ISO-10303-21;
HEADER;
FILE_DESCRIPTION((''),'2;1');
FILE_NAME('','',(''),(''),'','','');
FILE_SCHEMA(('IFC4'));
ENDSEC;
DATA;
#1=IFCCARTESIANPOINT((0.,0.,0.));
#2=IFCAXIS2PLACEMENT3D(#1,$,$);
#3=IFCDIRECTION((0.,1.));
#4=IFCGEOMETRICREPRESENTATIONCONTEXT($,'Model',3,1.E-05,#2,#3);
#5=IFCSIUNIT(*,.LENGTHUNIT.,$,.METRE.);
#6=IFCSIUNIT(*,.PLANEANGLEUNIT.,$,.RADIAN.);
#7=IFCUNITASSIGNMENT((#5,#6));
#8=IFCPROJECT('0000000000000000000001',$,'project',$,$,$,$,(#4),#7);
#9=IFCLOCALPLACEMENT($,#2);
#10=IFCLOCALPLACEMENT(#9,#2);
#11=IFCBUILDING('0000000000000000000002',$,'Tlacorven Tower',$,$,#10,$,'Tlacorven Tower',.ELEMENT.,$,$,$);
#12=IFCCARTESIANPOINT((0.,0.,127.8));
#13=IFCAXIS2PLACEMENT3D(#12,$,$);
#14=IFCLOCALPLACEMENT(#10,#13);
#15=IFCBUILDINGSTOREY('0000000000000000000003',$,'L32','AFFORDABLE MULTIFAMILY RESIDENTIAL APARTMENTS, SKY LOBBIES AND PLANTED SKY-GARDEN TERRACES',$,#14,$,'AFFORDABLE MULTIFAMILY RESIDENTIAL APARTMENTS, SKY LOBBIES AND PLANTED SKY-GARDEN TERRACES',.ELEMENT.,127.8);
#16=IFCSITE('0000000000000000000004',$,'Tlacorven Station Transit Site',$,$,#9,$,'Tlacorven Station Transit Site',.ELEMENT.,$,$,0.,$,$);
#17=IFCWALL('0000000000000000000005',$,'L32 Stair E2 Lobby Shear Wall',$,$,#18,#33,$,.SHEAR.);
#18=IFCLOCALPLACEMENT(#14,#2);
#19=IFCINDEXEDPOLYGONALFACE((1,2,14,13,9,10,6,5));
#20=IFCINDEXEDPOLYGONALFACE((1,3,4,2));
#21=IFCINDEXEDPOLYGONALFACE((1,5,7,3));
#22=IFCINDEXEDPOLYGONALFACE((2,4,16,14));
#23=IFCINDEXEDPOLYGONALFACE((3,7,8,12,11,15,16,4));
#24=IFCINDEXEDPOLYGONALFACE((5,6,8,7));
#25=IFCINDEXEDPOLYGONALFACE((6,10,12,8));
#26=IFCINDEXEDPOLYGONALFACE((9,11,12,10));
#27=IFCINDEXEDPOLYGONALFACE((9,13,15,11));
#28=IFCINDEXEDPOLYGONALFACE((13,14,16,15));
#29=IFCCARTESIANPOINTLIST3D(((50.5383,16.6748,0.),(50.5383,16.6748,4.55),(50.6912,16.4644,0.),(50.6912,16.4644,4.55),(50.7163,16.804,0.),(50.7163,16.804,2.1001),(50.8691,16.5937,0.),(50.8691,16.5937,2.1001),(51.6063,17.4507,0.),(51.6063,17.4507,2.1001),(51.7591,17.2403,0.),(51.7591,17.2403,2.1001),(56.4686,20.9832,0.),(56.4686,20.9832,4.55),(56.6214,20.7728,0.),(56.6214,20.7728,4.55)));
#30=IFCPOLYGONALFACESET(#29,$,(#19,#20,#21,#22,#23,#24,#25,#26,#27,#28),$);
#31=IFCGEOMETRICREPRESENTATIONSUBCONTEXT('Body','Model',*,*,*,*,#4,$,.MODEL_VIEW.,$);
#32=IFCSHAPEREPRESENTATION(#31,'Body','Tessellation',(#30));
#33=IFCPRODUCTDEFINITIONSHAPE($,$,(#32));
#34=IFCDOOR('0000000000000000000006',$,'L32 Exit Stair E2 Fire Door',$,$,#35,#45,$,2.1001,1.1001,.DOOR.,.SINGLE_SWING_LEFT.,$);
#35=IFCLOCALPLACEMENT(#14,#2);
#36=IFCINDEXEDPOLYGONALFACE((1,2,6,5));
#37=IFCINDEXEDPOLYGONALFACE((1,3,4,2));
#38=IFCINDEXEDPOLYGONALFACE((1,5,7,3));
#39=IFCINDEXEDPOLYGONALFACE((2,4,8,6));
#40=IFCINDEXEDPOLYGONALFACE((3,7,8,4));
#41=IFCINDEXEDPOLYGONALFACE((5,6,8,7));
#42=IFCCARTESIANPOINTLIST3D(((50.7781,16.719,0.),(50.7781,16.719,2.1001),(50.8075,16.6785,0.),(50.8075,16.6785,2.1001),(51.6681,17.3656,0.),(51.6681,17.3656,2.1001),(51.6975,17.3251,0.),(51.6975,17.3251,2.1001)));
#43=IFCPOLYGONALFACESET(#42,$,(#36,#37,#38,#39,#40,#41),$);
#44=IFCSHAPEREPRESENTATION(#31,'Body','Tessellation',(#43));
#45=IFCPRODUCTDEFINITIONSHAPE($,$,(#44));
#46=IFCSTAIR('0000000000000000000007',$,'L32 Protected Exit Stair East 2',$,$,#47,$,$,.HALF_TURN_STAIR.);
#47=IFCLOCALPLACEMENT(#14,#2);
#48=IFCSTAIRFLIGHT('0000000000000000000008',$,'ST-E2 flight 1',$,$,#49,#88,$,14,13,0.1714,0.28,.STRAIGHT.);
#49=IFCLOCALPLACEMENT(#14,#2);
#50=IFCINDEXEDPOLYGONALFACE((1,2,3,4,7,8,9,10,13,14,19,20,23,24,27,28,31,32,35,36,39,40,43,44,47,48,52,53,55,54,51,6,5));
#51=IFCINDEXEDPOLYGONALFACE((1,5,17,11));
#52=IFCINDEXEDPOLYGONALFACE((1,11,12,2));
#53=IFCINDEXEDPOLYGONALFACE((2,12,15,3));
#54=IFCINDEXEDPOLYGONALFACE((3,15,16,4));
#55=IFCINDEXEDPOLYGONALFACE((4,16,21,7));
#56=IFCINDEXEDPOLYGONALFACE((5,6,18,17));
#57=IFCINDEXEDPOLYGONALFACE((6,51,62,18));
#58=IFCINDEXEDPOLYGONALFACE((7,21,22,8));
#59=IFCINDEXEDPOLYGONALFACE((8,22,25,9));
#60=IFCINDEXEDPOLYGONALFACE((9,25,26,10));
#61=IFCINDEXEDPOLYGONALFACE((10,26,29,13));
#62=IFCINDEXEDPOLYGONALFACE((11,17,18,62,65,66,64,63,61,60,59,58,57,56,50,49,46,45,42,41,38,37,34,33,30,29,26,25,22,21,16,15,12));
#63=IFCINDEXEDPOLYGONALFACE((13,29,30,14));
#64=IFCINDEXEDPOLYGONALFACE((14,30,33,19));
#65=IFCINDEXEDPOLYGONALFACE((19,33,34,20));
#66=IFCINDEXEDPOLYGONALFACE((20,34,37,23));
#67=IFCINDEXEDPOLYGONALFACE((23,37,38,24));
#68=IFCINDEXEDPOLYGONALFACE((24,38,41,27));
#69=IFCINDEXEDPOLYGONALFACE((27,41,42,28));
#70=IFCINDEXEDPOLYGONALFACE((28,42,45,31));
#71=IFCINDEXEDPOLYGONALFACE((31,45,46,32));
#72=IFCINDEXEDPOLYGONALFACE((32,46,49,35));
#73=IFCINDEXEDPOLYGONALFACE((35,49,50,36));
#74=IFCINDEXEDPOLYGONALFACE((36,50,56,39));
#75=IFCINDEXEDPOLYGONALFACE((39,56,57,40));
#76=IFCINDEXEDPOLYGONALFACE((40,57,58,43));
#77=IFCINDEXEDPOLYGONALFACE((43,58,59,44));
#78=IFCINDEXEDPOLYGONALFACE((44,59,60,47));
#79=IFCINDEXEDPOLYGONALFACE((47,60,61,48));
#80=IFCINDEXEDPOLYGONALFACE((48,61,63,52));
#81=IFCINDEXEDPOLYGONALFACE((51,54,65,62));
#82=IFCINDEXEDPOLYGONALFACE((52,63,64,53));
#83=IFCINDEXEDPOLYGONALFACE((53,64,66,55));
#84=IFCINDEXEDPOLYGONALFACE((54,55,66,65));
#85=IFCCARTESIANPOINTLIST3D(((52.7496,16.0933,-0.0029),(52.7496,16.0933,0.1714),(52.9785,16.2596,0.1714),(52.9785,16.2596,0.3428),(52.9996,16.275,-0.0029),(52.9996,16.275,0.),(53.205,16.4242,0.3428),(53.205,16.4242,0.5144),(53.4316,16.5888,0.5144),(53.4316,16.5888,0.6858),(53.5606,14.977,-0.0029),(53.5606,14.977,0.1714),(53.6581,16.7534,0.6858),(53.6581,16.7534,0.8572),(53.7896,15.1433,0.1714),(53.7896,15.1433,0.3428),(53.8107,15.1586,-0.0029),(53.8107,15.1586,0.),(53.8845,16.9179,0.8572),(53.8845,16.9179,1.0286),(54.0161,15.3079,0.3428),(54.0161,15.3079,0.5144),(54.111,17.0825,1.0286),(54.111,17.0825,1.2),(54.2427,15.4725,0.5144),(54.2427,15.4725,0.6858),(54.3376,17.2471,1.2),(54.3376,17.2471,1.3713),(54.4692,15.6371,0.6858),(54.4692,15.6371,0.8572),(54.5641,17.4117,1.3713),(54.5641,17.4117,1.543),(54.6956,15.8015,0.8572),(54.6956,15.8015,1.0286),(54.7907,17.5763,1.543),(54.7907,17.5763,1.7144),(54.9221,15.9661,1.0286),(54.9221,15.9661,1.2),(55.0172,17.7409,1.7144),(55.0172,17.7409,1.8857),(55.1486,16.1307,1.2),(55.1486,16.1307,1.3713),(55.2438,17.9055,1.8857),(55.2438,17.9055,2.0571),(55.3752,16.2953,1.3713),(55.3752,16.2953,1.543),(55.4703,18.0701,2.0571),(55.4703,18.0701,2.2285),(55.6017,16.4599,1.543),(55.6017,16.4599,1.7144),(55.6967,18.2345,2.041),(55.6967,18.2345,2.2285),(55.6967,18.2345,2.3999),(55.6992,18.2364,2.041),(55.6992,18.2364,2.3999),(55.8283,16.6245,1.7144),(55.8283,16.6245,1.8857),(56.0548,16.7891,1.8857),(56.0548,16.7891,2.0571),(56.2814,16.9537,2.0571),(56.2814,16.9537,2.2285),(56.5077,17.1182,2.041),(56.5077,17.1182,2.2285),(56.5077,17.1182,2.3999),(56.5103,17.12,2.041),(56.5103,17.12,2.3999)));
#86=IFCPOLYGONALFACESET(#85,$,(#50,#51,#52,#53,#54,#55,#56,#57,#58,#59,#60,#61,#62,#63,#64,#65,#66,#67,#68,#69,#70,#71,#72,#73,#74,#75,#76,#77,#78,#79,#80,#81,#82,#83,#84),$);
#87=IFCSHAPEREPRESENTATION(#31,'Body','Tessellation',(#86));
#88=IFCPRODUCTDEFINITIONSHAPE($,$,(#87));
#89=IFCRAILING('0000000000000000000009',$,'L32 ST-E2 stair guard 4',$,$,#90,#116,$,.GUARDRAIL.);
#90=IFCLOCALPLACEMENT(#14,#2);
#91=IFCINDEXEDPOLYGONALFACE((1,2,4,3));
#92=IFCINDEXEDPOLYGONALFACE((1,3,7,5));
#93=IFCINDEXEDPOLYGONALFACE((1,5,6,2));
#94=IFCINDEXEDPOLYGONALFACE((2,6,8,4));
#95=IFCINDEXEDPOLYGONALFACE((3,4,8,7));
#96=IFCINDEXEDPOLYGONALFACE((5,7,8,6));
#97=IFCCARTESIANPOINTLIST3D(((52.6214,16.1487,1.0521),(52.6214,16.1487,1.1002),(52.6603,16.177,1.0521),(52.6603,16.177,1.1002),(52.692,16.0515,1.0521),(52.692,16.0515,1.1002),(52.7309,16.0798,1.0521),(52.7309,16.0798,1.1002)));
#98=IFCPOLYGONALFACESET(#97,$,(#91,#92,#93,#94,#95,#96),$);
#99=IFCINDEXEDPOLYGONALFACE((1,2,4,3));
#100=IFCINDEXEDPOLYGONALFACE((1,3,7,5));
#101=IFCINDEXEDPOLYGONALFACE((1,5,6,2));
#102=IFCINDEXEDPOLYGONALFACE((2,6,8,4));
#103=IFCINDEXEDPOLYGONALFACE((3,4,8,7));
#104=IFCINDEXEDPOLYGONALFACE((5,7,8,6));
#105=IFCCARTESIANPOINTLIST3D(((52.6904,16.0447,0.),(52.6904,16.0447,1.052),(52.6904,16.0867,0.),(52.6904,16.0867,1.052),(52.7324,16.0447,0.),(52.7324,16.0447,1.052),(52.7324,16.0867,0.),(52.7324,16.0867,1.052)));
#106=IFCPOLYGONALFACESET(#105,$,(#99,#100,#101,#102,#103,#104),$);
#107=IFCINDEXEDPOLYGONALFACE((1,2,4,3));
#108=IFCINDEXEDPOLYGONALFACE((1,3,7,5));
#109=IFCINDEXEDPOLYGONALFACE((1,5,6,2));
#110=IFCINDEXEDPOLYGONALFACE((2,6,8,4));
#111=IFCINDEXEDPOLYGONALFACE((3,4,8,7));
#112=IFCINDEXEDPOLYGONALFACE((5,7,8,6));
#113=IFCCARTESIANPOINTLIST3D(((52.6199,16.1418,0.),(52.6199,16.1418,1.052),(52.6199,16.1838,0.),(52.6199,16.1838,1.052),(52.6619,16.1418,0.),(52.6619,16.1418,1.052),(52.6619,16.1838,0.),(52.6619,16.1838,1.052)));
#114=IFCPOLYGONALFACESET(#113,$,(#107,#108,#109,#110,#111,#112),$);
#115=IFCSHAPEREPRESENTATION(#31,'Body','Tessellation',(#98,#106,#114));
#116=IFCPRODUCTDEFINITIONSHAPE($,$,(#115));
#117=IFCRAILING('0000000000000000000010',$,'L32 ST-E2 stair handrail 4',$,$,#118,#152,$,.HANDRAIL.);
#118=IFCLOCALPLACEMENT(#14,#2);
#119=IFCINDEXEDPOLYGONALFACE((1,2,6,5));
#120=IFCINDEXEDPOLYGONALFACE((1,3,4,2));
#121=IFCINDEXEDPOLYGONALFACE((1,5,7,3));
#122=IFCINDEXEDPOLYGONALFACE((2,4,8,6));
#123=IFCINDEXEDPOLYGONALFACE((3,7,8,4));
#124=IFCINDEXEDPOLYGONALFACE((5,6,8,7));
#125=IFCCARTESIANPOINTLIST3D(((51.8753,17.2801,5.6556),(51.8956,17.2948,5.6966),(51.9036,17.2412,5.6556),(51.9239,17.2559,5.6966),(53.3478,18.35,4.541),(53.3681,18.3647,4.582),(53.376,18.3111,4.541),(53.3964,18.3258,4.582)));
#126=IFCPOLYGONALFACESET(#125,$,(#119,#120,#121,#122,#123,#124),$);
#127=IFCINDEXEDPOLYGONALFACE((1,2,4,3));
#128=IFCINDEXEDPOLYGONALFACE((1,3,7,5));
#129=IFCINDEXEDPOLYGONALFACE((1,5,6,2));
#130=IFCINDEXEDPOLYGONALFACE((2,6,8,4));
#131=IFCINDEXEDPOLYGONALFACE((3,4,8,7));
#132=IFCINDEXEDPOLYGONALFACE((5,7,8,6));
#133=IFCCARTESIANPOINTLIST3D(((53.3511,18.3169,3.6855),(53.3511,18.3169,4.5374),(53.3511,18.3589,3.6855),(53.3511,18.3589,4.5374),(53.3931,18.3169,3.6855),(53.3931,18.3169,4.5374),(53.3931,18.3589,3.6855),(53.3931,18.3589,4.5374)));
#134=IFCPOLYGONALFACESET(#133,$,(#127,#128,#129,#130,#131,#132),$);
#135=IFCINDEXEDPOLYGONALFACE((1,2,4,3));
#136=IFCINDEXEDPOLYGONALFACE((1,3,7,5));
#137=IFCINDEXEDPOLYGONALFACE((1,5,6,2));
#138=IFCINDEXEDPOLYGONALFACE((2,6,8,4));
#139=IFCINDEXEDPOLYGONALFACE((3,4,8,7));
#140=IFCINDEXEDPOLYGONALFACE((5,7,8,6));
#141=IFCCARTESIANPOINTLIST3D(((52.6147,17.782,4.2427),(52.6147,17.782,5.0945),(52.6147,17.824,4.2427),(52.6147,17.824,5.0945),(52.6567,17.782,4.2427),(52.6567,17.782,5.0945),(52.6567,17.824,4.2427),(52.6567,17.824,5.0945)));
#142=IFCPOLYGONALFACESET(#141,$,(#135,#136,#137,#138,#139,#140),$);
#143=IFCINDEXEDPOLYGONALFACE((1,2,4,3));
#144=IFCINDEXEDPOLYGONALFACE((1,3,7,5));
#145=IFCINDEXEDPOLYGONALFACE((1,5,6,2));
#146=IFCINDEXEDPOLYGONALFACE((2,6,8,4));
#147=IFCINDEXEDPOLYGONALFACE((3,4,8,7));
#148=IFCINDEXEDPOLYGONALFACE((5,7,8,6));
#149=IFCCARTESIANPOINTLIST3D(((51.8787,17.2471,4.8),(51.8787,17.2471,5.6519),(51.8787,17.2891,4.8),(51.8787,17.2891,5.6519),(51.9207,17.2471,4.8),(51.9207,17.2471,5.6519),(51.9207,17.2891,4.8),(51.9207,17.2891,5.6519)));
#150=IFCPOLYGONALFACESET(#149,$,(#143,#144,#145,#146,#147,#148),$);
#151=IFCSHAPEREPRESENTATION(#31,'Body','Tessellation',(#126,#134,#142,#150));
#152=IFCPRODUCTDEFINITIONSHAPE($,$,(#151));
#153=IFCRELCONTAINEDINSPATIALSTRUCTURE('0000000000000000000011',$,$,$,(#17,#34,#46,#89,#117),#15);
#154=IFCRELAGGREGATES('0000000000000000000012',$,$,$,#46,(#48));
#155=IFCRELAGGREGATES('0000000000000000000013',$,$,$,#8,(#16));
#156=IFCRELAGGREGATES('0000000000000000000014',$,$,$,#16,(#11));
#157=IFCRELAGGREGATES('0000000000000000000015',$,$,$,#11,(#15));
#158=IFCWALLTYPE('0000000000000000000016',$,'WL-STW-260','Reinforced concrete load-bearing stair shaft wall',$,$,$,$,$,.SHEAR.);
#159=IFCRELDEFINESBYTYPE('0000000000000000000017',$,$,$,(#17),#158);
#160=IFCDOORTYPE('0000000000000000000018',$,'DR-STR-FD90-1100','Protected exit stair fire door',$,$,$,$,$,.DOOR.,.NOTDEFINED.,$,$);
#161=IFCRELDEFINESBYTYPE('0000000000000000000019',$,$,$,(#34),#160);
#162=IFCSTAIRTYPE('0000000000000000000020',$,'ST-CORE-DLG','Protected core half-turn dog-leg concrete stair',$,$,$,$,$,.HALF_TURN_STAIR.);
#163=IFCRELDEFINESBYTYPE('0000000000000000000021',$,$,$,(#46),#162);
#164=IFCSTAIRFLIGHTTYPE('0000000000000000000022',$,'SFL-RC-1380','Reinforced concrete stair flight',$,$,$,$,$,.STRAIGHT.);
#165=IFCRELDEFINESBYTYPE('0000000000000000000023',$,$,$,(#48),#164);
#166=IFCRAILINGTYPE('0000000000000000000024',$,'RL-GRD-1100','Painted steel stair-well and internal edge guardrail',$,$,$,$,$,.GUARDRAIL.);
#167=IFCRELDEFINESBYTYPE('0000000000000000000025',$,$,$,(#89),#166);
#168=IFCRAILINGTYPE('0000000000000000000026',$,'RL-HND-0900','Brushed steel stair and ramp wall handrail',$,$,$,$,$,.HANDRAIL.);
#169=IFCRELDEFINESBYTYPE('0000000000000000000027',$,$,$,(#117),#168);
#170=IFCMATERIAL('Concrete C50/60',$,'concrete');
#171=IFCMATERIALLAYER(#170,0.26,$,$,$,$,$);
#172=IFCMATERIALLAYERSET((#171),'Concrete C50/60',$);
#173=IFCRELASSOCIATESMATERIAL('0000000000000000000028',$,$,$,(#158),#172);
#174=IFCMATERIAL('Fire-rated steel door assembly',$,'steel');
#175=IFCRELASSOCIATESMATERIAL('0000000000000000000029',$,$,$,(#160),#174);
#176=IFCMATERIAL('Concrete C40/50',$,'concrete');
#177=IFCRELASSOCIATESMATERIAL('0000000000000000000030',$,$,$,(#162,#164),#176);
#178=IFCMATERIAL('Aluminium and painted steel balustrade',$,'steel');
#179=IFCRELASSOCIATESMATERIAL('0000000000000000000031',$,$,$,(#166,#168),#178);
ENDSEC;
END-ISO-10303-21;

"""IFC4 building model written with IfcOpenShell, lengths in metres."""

from ifc_helpers import new_model, si_unit, direction, frame, frame_2d, origin, origin_2d, place, context, subcontext, project, spatial, polyline, rectangle, outline, extrude, source, transform, mapped, material, layer, layer_set, type_object, element, fill, aggregate, save


model = new_model("IFC4")

# Units and contexts
model_context = context("Model", 3, precision=1e-05, world=origin(), true_north=direction((0.0, 1.0)))
body_context = subcontext(model_context, "Body", "Model", "MODEL_VIEW")
ifc_project = project(units=[si_unit("LENGTHUNIT", "METRE"), si_unit("PLANEANGLEUNIT", "RADIAN")], contexts=[model_context])

# Site, building, storey
site_placement = place(None, origin())
site = spatial("IfcSite", under=ifc_project, at=site_placement, Name="Tlacorven Station Transit Site", LongName="Tlacorven Station Transit Site", CompositionType="ELEMENT", RefElevation=0.0)
building_placement = place(site_placement, origin())
building = spatial("IfcBuilding", under=site, at=building_placement, Name="Tlacorven Tower", LongName="Tlacorven Tower", CompositionType="ELEMENT")
storey_placement = place(building_placement, frame((0.0, 0.0, 127.8)))
storey = spatial("IfcBuildingStorey", under=building, at=storey_placement, Name="L32", Description="AFFORDABLE MULTIFAMILY RESIDENTIAL APARTMENTS, SKY LOBBIES AND PLANTED SKY-GARDEN TERRACES", LongName="AFFORDABLE MULTIFAMILY RESIDENTIAL APARTMENTS, SKY LOBBIES AND PLANTED SKY-GARDEN TERRACES", CompositionType="ELEMENT", Elevation=127.8)

# Shared definitions
ifc_material_1 = material(Name="Concrete C40/50", Category="concrete")
ifc_material_2 = material(Name="Fire-rated steel door assembly", Category="steel")

# Shared definitions
ifc_material_3 = material(Name="Concrete C50/60", Category="concrete")
ifc_layer_1 = layer(ifc_material_3, 0.26)
ifc_layer_set_1 = layer_set([ifc_layer_1], Name="Concrete C50/60")
wall_type_1 = type_object("IfcWallType", Name="WL-STW-260", Description="Reinforced concrete load-bearing stair shaft wall", PredefinedType="SHEAR", material=ifc_layer_set_1)

# Wall, opening, door
wall_1_placement = place(storey_placement, frame((50.6147, 16.5696, 0.0), z_axis=(0.0, 0.0, 1.0), x_axis=(0.809028, 0.58777, 0.0)))
wall_1 = element("IfcWall", 1, at=wall_1_placement, inside=storey, type_object=wall_type_1, Name="L32 Stair E2 Lobby Shear Wall", PredefinedType="SHEAR", context=body_context, shape_type="SweptSolid", body=[
    extrude(rectangle(XDim=7.3301, YDim=0.26, at=frame_2d((3.665, 0.0))), origin(), (0.0, 0.0, 1.0), 4.55),
])
opening_1_placement = place(wall_1_placement, frame((0.22, 0.0, 0.0)))
opening_1 = element("IfcOpeningElement", 2, at=opening_1_placement, cuts=wall_1, PredefinedType="OPENING", context=body_context, shape_type="SweptSolid", body=[
    extrude(rectangle(XDim=1.1001, YDim=2.1001, at=frame_2d((0.55, 1.05))), frame((0.0, 0.1401, 0.0), z_axis=(0.0, -1.0, 0.0), x_axis=(1.0, 0.0, 0.0)), (0.0, 0.0, 1.0), 0.28),
])
door_type_1 = type_object("IfcDoorType", Name="DR-STR-FD90-1100", Description="Protected exit stair fire door", OperationType="NOTDEFINED", PredefinedType="DOOR", material=ifc_material_2)
shared_shape_1 = source(origin(), body_context, "Body", "SweptSolid", [
    extrude(rectangle(XDim=1.1001, YDim=2.1001, at=frame_2d((0.55, 1.05))), frame((0.0, 0.0249, 0.0), z_axis=(0.0, -1.0, 0.0), x_axis=(1.0, 0.0, 0.0)), (0.0, 0.0, 1.0), 0.05),
])
door_1_placement = place(opening_1_placement, origin())
door_1 = element("IfcDoor", 3, at=door_1_placement, inside=storey, type_object=door_type_1, Name="L32 Exit Stair E2 Fire Door", OperationType="SINGLE_SWING_LEFT", OverallHeight=2.1001, OverallWidth=1.1001, PredefinedType="DOOR", context=body_context, shape_type="MappedRepresentation", body=[
    mapped(shared_shape_1, transform((0.0, 0.0, 0.0), scale=1.0)),
])
fill(opening_1, door_1)

# Stair, stair flight
stair_type = type_object("IfcStairType", Name="ST-CORE-DLG", Description="Protected core half-turn dog-leg concrete stair", PredefinedType="HALF_TURN_STAIR", material=ifc_material_1)
stair_placement = place(storey_placement, origin())
stair = element("IfcStair", 4, at=stair_placement, inside=storey, type_object=stair_type, Name="L32 Protected Exit Stair East 2", PredefinedType="HALF_TURN_STAIR")
stair_flight_type = type_object("IfcStairFlightType", Name="SFL-RC-1380", Description="Reinforced concrete stair flight", PredefinedType="STRAIGHT", material=ifc_material_1)
shared_shape_2 = source(origin(), body_context, "Body", "SweptSolid", [
    extrude(outline(polyline([(-0.0029, -0.0029), (-0.0029, 0.1714), (0.28, 0.1714), (0.28, 0.3428), (0.5601, 0.3428), (0.5601, 0.5144), (0.8401, 0.5144), (0.8401, 0.6858), (1.1201, 0.6858), (1.1201, 0.8572), (1.3999, 0.8572), (1.3999, 1.0286), (1.6799, 1.0286), (1.6799, 1.2), (1.96, 1.2), (1.96, 1.3713), (2.24, 1.3713), (2.24, 1.543), (2.52, 1.543), (2.52, 1.7144), (2.8, 1.7144), (2.8, 1.8857), (3.0801, 1.8857), (3.0801, 2.0571), (3.3601, 2.0571), (3.3601, 2.2285), (3.6399, 2.2285), (3.6399, 2.3999), (3.6431, 2.3999), (3.6431, 2.041), (3.6399, 2.041), (0.3062, 0.0), (0.3062, -0.0029), (-0.0029, -0.0029)])), frame((0.0, 0.6899, 0.0), z_axis=(0.0, -1.0, 0.0), x_axis=(1.0, 0.0, 0.0)), (0.0, 0.0, 1.0), 1.3799),
])
stair_flight_placement = place(storey_placement, frame((53.1575, 15.5369, 0.0), z_axis=(0.0, 0.0, 1.0), x_axis=(0.809017, 0.587785, 0.0)))
stair_flight = element("IfcStairFlight", 5, at=stair_flight_placement, type_object=stair_flight_type, Name="ST-E2 flight 1", NumberOfRisers=14, NumberOfTreads=13, PredefinedType="STRAIGHT", RiserHeight=0.1714, TreadLength=0.28, context=body_context, shape_type="MappedRepresentation", body=[
    mapped(shared_shape_2, transform((0.0, 0.0, 0.0), scale=1.0)),
])
aggregate(stair, [stair_flight])

# Railings
ifc_material_4 = material(Name="Aluminium and painted steel balustrade", Category="steel")
railing_type_1 = type_object("IfcRailingType", Name="RL-GRD-1100", Description="Painted steel stair-well and internal edge guardrail", PredefinedType="GUARDRAIL", material=ifc_material_4)
shared_shape_3 = source(origin(), body_context, "Body", "SweptSolid", [
    extrude(rectangle(XDim=0.0481, YDim=0.0481, at=origin_2d()), frame((0.0, 0.0, 1.0762), z_axis=(-0.587567, 0.809175, 0.0), x_axis=(-0.809175, -0.587567, 0.0)), (0.0, 0.0, 1.0), 0.1201),
    extrude(rectangle(XDim=0.042, YDim=0.042, at=origin_2d()), origin(), (0.0, 0.0, 1.0), 1.052),
    extrude(rectangle(XDim=0.042, YDim=0.042, at=origin_2d()), frame((-0.0706, 0.0972, 0.0)), (0.0, 0.0, 1.0), 1.052),
])
railing_1_placement = place(storey_placement, frame((52.7114, 16.0657, 0.0)))
element("IfcRailing", 6, at=railing_1_placement, inside=storey, type_object=railing_type_1, Name="L32 ST-E2 stair guard 4", PredefinedType="GUARDRAIL", context=body_context, shape_type="MappedRepresentation", body=[
    mapped(shared_shape_3, transform((0.0, 0.0, 0.0), scale=1.0)),
])
railing_type_2 = type_object("IfcRailingType", Name="RL-HND-0900", Description="Brushed steel stair and ramp wall handrail", PredefinedType="HANDRAIL", material=ifc_material_4)
shared_shape_4 = source(origin(), body_context, "Body", "SweptSolid", [
    extrude(rectangle(XDim=0.0481, YDim=0.0481, at=origin_2d()), frame((0.0, 0.0, 0.876), z_axis=(-0.689926, -0.501286, 0.522221), x_axis=(0.587805, -0.809003, 0.0)), (0.0, 0.0, 1.0), 2.1343),
    extrude(rectangle(XDim=0.042, YDim=0.042, at=origin_2d()), origin(), (0.0, 0.0, 1.0), 0.8518),
    extrude(rectangle(XDim=0.042, YDim=0.042, at=origin_2d()), frame((-0.7363, -0.5349, 0.5571)), (0.0, 0.0, 1.0), 0.8518),
    extrude(rectangle(XDim=0.042, YDim=0.042, at=origin_2d()), frame((-1.4724, -1.0698, 1.1145)), (0.0, 0.0, 1.0), 0.8518),
])
railing_2_placement = place(storey_placement, frame((53.3721, 18.3379, 3.6855)))
element("IfcRailing", 7, at=railing_2_placement, inside=storey, type_object=railing_type_2, Name="L32 ST-E2 stair handrail 4", PredefinedType="HANDRAIL", context=body_context, shape_type="MappedRepresentation", body=[
    mapped(shared_shape_4, transform((0.0, 0.0, 0.0), scale=1.0)),
])

save(model, "model.ifc")
